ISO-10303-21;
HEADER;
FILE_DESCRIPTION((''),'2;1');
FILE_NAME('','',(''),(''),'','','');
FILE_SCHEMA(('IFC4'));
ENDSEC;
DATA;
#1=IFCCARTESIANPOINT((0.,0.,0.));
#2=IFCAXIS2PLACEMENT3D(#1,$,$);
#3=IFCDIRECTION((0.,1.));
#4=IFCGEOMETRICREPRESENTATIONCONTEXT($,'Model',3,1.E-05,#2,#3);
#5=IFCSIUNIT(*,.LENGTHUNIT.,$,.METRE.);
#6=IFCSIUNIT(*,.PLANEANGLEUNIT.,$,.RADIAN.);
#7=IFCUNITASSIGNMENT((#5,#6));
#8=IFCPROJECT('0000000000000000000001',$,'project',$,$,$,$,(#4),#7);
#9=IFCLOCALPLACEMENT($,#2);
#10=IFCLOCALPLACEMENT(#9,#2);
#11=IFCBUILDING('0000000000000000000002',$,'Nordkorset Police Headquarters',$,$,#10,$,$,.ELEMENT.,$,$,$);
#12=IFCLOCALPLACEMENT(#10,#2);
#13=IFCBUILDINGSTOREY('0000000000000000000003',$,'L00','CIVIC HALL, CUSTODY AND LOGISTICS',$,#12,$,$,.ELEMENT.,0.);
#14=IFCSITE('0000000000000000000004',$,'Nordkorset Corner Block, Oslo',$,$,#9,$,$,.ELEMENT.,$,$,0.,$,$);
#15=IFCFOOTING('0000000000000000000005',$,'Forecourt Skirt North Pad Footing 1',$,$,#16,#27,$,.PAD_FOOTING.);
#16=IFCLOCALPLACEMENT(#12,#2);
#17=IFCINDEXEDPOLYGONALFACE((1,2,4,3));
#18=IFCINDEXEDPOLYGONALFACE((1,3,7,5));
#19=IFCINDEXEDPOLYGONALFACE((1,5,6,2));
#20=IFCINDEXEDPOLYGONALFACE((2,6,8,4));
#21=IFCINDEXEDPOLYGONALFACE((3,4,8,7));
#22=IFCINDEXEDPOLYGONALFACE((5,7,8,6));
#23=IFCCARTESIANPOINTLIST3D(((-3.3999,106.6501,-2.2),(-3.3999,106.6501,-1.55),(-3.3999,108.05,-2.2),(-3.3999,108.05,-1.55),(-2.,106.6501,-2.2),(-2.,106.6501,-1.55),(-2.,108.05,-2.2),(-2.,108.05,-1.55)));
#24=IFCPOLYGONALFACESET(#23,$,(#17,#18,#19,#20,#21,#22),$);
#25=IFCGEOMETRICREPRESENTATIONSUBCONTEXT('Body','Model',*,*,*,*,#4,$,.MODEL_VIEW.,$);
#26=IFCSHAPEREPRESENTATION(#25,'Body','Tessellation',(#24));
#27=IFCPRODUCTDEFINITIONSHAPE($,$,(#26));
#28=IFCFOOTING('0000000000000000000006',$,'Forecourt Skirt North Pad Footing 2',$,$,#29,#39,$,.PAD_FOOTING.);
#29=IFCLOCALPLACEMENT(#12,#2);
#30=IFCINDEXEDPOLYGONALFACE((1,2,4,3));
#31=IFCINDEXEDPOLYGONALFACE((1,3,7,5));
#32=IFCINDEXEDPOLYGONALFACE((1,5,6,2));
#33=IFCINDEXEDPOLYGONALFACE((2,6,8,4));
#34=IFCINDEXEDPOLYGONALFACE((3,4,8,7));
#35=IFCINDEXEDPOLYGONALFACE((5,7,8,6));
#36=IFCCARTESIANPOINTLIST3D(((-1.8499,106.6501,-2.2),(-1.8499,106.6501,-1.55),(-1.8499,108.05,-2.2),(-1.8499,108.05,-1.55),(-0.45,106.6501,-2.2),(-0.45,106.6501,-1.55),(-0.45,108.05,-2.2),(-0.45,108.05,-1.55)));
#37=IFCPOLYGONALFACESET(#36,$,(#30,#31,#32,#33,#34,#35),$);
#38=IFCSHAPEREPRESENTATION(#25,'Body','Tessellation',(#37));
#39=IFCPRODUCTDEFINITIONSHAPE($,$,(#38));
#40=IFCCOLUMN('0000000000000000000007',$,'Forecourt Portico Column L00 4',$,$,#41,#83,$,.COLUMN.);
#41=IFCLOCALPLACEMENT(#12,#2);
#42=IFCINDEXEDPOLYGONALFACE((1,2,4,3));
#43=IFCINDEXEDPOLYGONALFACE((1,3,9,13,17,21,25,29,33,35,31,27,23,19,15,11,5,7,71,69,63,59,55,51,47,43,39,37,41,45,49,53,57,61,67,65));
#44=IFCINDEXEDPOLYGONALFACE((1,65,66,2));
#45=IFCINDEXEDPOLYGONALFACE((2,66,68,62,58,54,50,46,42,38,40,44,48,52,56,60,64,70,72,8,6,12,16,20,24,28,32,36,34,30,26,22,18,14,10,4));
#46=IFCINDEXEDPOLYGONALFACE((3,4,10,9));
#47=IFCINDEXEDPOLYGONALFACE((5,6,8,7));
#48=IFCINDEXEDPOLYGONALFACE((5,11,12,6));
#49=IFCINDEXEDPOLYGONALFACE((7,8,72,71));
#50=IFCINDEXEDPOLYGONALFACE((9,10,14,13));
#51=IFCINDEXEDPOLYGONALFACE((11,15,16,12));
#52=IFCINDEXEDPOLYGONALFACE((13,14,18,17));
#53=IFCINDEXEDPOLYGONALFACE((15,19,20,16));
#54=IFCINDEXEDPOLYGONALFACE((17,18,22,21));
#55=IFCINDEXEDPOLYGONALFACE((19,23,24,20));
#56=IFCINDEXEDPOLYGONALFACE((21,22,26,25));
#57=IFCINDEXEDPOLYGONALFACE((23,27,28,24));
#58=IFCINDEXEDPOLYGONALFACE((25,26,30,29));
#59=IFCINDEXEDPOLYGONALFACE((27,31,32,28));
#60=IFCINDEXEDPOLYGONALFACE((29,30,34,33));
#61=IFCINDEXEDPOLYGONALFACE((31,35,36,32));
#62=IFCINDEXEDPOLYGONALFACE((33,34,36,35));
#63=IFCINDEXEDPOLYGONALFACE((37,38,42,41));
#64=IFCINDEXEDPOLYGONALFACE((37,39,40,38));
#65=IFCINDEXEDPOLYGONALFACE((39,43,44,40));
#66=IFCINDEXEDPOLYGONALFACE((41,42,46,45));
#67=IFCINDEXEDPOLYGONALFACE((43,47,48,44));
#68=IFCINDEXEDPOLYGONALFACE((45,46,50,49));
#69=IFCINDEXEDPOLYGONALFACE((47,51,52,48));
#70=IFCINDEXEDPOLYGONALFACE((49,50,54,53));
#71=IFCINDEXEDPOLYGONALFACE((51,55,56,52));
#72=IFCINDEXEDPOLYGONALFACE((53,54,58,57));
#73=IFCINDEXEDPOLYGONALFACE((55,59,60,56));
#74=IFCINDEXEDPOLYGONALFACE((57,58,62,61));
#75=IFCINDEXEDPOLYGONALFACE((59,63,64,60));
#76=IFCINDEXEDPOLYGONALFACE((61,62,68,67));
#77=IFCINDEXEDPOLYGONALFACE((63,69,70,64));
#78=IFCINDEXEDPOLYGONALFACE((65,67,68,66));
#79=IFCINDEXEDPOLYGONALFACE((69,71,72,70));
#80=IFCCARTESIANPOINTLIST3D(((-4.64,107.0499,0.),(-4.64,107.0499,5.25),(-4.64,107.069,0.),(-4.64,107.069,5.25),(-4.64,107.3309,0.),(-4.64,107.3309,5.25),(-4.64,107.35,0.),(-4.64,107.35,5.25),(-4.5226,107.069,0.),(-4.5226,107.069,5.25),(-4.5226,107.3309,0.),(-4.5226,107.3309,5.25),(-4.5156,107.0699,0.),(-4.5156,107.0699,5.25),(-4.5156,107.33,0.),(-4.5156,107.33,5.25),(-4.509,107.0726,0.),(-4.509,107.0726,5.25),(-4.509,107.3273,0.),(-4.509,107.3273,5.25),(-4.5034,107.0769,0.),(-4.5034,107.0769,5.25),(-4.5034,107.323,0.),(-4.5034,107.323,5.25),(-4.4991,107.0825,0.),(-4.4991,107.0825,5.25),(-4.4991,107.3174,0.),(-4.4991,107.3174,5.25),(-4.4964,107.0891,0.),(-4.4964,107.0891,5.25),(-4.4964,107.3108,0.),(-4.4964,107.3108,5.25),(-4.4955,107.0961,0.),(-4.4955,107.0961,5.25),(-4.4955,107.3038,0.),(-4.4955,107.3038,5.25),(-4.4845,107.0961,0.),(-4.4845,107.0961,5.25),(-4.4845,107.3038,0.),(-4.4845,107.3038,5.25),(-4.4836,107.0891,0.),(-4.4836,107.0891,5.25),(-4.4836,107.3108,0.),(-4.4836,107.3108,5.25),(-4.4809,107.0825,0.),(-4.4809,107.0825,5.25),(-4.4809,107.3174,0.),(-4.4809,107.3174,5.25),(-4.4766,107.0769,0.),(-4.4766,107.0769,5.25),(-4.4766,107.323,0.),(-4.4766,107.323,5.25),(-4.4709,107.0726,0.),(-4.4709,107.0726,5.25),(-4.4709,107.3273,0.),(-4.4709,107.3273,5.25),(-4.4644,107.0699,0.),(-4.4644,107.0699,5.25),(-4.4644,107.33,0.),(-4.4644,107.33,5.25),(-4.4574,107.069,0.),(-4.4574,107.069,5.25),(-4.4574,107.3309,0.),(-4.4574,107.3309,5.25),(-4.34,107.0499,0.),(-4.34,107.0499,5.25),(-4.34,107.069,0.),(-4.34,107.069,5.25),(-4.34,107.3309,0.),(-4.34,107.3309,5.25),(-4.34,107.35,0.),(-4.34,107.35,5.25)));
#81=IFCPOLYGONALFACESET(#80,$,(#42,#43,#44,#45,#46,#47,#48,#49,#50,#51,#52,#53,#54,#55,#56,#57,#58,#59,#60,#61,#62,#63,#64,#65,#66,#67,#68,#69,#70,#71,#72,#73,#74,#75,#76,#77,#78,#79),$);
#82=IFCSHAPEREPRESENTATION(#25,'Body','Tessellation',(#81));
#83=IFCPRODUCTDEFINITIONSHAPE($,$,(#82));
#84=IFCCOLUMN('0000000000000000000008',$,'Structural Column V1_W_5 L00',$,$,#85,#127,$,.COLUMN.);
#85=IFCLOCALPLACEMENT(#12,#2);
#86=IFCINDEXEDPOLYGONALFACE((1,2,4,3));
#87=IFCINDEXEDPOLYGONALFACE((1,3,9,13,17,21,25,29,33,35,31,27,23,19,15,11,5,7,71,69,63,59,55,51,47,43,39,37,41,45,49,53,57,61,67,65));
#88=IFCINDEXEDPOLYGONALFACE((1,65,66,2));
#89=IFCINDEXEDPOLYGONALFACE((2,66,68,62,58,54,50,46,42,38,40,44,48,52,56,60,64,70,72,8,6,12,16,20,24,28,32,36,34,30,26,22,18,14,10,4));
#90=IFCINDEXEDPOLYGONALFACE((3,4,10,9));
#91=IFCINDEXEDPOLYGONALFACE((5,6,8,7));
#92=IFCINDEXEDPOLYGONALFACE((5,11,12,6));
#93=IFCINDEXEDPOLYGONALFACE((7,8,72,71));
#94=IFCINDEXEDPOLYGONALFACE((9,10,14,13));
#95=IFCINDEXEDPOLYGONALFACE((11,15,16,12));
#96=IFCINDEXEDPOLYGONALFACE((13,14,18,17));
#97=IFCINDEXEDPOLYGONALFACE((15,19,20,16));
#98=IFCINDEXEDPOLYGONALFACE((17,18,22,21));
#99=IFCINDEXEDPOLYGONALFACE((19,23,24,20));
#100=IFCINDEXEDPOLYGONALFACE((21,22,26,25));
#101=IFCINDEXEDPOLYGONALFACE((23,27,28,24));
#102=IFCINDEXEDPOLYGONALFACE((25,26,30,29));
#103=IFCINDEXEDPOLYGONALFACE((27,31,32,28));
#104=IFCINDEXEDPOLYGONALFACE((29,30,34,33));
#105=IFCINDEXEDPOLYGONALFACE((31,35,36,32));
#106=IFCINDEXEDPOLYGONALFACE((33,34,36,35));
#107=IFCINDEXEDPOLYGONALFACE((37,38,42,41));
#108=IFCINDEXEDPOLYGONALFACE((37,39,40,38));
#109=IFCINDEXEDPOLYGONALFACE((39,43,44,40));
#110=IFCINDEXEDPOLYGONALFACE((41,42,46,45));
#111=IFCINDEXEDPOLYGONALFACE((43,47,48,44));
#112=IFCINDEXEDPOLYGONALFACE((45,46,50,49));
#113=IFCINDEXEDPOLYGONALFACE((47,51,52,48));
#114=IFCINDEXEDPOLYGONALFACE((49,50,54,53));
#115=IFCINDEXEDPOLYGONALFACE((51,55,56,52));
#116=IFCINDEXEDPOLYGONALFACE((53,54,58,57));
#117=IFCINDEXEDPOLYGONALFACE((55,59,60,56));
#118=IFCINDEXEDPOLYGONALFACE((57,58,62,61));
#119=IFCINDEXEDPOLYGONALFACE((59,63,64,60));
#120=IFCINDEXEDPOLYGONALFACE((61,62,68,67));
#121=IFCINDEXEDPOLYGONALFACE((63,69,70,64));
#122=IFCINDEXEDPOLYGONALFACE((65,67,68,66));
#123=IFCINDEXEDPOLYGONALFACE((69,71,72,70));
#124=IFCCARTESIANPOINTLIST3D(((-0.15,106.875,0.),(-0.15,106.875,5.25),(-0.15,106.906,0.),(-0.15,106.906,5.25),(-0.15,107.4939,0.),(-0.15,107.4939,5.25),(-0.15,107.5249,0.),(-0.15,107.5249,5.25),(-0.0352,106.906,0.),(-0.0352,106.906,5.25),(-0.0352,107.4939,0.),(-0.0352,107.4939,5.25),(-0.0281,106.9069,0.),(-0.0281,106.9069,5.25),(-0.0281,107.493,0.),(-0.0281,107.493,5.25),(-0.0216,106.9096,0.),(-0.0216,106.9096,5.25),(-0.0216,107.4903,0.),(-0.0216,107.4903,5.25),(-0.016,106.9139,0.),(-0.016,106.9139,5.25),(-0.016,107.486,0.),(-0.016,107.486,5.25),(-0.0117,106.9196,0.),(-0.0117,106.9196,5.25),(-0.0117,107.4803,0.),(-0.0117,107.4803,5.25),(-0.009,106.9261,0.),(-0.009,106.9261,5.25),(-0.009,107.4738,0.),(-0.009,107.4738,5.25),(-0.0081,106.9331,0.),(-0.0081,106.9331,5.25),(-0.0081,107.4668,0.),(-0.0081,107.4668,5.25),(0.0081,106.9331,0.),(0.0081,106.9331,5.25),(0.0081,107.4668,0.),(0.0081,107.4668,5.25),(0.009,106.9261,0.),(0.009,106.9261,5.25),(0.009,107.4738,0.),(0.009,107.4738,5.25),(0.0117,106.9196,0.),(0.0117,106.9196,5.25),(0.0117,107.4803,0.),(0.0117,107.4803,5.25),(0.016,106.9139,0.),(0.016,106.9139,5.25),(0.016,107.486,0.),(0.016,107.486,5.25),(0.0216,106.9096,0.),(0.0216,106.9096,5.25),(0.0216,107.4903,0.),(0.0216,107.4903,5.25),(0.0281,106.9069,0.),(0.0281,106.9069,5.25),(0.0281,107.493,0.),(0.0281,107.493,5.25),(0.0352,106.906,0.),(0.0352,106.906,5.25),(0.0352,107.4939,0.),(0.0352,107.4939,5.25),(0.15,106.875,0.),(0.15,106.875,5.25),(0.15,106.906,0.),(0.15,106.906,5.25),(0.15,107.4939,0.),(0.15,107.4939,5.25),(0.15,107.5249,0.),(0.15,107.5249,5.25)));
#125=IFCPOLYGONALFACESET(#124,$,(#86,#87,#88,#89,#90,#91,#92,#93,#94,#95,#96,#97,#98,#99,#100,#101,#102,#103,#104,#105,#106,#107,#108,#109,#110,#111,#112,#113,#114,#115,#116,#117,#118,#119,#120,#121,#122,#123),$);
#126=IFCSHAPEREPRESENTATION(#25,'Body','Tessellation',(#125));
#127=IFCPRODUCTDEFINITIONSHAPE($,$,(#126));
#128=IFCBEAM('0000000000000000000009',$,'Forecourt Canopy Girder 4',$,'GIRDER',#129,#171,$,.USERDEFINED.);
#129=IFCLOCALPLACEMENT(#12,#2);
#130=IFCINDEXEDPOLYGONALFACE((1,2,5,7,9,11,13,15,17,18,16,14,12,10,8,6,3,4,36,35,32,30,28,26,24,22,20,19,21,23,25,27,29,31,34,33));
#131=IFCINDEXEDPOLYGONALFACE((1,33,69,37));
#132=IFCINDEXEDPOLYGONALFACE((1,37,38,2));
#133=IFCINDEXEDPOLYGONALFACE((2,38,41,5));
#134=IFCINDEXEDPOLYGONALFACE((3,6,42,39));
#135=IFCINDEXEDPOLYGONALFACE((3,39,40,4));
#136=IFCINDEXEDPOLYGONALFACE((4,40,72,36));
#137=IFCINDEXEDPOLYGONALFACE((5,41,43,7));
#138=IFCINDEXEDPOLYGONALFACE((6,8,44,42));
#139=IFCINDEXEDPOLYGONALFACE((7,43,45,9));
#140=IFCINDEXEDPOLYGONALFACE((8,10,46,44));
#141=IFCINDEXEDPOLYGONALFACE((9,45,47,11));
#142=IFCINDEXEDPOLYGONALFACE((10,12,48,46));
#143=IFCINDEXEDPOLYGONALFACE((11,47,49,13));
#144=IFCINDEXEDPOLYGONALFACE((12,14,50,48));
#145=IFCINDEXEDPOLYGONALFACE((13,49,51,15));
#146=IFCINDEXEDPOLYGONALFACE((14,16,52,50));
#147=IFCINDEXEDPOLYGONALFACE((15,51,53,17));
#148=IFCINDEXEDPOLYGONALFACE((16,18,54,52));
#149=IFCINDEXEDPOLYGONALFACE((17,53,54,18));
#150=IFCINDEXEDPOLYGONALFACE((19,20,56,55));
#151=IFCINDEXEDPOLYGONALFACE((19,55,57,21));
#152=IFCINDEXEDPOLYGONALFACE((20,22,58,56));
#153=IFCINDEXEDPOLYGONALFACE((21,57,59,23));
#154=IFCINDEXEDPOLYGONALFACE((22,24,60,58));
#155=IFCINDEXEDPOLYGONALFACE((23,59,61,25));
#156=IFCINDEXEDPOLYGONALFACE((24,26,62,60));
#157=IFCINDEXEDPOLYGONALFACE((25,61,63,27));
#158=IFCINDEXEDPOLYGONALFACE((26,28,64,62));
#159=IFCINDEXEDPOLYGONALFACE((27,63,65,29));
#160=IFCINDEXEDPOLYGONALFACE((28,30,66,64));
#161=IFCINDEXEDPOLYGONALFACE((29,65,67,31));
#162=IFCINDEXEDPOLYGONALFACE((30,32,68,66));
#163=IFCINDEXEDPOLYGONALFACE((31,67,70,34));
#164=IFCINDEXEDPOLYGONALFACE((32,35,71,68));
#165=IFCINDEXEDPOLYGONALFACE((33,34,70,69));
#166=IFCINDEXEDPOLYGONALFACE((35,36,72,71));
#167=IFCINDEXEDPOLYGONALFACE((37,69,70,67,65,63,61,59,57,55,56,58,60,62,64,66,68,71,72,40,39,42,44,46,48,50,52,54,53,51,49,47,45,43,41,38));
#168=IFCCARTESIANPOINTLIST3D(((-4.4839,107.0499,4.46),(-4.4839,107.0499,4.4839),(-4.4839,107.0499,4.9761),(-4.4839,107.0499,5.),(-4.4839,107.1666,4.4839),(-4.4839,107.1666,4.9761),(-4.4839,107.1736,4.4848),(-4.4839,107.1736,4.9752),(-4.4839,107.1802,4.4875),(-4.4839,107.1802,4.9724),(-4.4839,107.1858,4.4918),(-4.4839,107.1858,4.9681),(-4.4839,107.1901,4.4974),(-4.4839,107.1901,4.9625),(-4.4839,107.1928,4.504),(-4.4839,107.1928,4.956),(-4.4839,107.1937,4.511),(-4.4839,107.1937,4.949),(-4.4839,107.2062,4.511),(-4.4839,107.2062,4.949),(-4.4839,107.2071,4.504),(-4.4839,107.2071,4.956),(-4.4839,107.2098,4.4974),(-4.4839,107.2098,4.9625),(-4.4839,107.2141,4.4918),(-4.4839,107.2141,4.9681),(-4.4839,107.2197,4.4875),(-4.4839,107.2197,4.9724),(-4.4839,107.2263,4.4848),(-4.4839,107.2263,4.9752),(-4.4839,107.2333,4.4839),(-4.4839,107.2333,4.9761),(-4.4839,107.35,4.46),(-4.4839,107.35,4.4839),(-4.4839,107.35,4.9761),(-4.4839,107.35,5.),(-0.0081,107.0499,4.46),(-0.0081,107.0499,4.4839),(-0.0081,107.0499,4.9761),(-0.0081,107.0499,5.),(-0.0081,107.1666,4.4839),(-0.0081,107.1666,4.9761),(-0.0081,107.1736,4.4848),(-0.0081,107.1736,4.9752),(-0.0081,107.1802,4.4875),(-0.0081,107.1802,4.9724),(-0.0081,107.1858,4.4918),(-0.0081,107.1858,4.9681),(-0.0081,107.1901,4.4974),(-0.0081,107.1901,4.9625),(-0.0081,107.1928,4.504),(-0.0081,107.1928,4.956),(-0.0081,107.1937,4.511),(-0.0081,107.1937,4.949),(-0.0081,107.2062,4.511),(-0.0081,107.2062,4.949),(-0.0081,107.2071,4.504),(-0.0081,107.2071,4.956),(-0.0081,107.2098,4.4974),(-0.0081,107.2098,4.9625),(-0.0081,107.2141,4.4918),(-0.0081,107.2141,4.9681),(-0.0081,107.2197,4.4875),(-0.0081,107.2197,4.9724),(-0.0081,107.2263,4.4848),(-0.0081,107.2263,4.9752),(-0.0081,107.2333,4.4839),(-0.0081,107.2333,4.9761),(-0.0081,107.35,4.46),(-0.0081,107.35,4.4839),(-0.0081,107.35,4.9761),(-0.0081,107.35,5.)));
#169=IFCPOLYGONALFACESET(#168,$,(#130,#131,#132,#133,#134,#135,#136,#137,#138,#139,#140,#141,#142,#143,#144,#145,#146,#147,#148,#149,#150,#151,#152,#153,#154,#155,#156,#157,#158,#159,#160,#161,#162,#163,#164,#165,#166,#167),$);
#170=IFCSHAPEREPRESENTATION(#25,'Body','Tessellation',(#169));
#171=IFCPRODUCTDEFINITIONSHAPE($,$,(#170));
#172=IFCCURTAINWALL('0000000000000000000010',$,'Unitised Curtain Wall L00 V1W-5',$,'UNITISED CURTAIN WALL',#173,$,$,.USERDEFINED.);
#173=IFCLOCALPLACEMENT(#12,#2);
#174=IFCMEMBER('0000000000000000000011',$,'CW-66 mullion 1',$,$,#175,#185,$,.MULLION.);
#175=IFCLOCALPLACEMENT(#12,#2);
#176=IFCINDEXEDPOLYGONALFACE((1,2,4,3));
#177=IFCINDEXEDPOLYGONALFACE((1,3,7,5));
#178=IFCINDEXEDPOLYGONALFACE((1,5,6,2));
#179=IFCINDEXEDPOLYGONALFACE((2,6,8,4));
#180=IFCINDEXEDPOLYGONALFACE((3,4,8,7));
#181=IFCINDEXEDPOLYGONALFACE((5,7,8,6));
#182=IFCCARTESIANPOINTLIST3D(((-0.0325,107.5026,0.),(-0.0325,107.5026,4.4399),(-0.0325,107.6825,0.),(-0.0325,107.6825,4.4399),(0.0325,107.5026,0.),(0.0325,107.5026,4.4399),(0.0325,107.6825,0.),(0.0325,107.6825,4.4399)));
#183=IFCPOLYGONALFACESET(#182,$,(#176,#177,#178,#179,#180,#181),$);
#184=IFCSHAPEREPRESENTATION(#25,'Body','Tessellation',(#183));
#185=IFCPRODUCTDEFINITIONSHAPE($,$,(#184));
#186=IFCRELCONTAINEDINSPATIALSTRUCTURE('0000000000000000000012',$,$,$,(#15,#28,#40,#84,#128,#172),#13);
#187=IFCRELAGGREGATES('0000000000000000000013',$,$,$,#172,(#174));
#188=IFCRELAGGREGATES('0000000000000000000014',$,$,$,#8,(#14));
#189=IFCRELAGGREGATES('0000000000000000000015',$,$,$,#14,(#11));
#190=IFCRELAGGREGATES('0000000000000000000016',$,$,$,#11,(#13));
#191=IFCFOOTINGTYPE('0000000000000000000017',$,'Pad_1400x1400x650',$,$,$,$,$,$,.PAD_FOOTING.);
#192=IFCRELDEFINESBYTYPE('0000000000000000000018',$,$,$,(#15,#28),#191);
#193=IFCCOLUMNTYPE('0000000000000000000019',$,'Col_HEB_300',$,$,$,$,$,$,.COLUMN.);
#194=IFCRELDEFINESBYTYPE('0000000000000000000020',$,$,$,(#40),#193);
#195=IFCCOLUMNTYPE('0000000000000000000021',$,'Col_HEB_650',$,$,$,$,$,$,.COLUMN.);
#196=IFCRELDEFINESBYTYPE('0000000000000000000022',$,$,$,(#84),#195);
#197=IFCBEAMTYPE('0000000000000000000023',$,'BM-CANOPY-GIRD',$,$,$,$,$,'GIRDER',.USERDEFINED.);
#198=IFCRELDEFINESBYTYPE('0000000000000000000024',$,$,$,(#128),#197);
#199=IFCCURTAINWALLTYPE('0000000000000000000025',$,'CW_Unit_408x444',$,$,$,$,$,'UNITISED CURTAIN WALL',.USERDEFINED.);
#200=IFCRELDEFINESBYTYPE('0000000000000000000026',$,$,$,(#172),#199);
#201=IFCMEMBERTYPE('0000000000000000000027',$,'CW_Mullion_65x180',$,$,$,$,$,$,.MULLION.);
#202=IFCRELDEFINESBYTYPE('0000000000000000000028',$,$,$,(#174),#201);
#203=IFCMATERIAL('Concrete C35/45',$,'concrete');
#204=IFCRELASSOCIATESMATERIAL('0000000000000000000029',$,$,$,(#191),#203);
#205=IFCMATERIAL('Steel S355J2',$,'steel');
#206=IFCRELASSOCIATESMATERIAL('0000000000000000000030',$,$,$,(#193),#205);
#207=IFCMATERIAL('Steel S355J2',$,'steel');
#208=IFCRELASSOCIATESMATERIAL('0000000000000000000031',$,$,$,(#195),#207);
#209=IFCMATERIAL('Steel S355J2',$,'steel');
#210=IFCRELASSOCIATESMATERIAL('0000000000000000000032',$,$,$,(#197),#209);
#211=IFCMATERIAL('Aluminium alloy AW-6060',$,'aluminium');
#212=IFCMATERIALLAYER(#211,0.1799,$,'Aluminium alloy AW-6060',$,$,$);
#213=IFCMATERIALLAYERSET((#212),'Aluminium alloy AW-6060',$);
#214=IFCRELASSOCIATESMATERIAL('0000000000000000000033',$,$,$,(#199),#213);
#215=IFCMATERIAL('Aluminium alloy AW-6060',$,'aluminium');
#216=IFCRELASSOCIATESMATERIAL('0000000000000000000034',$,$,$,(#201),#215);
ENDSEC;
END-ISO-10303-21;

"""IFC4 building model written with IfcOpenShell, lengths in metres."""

from ifc_helpers import new_model, si_unit, direction, frame, origin, origin_2d, place, context, subcontext, project, spatial, rectangle, i_section, extrude, material, layer, layer_set, material_profile, profile_set, type_object, element, aggregate, save


model = new_model("IFC4")

# Units and contexts
model_context = context("Model", 3, precision=1e-05, world=origin(), true_north=direction((0.0, 1.0)))
body_context = subcontext(model_context, "Body", "Model", "MODEL_VIEW")
ifc_project = project(units=[si_unit("LENGTHUNIT", "METRE"), si_unit("PLANEANGLEUNIT", "RADIAN")], contexts=[model_context])

# Site, building, storey
site_placement = place(None, origin())
site = spatial("IfcSite", under=ifc_project, at=site_placement, Name="Nordkorset Corner Block, Oslo", CompositionType="ELEMENT", RefElevation=0.0)
building_placement = place(site_placement, origin())
building = spatial("IfcBuilding", under=site, at=building_placement, Name="Nordkorset Police Headquarters", CompositionType="ELEMENT")
storey_placement = place(building_placement, origin())
storey = spatial("IfcBuildingStorey", under=building, at=storey_placement, Name="L00", Description="CIVIC HALL, CUSTODY AND LOGISTICS", CompositionType="ELEMENT", Elevation=0.0)

# Footings
ifc_material_1 = material(Name="Concrete C35/45", Category="concrete")
footing_type = type_object("IfcFootingType", Name="Pad_1400x1400x650", PredefinedType="PAD_FOOTING", material=ifc_material_1)
for number, where, z_axis, x_axis, name in (
    (1, (-2.7, 107.3501, -2.2), (0.0, 0.0, 1.0), (1.0, 0.0, 0.0), "Forecourt Skirt North Pad Footing 1"),
    (2, (-1.1499, 107.3501, -2.2), (0.0, 0.0, 1.0), (1.0, 0.0, 0.0), "Forecourt Skirt North Pad Footing 2"),
):
    element("IfcFooting", number, at=place(storey_placement, frame(where, z_axis=z_axis, x_axis=x_axis)), inside=storey, type_object=footing_type, Name=name, PredefinedType="PAD_FOOTING", context=body_context, shape_type="SweptSolid", body=[
        extrude(rectangle(XDim=1.3999, YDim=1.3999, at=origin_2d()), origin(), (0.0, 0.0, 1.0), 0.6499),
    ])

# Columns
ifc_material_2 = material(Name="Steel S355J2", Category="steel")
ifc_material_profile_1 = material_profile(ifc_material_2, i_section(OverallWidth=0.3, OverallDepth=0.3, WebThickness=0.011, FlangeThickness=0.019, FilletRadius=0.0271, at=origin_2d()), Name="HEB 300")
ifc_profile_set_1 = profile_set([ifc_material_profile_1], Name="Steel S355J2")
column_type_1 = type_object("IfcColumnType", Name="Col_HEB_300", PredefinedType="COLUMN", material=ifc_profile_set_1)
column_1_placement = place(storey_placement, frame((-4.49, 107.2, 0.0), z_axis=(0.0, 0.0, 1.0), x_axis=(1.0, 0.0, 0.0)))
element("IfcColumn", 3, at=column_1_placement, inside=storey, type_object=column_type_1, Name="Forecourt Portico Column L00 4", PredefinedType="COLUMN", context=body_context, shape_type="SweptSolid", body=[
    extrude(i_section(OverallWidth=0.3, OverallDepth=0.3, WebThickness=0.011, FlangeThickness=0.019, FilletRadius=0.0271, at=origin_2d()), origin(), (0.0, 0.0, 1.0), 5.25),
])
ifc_material_3 = material(Name="Steel S355J2", Category="steel")
ifc_material_profile_2 = material_profile(ifc_material_3, i_section(OverallWidth=0.3, OverallDepth=0.6499, WebThickness=0.0161, FlangeThickness=0.031, FilletRadius=0.0271, at=origin_2d()), Name="HEB 650")
ifc_profile_set_2 = profile_set([ifc_material_profile_2], Name="Steel S355J2")
column_type_2 = type_object("IfcColumnType", Name="Col_HEB_650", PredefinedType="COLUMN", material=ifc_profile_set_2)
column_2_placement = place(storey_placement, frame((0.0, 107.2, 0.0), z_axis=(0.0, 0.0, 1.0), x_axis=(1.0, 0.0, 0.0)))
element("IfcColumn", 4, at=column_2_placement, inside=storey, type_object=column_type_2, Name="Structural Column V1_W_5 L00", PredefinedType="COLUMN", context=body_context, shape_type="SweptSolid", body=[
    extrude(i_section(OverallWidth=0.3, OverallDepth=0.6499, WebThickness=0.0161, FlangeThickness=0.031, FilletRadius=0.0271, at=origin_2d()), origin(), (0.0, 0.0, 1.0), 5.25),
])

# Beam
ifc_material_4 = material(Name="Steel S355J2", Category="steel")
ifc_material_profile_3 = material_profile(ifc_material_4, i_section(OverallWidth=0.3, OverallDepth=0.54, WebThickness=0.0125, FlangeThickness=0.0239, FilletRadius=0.0271, at=origin_2d()), Name="HEA 550")
ifc_profile_set_3 = profile_set([ifc_material_profile_3], Name="Steel S355J2")
beam_type_1 = type_object("IfcBeamType", Name="BM-CANOPY-GIRD", ElementType="GIRDER", PredefinedType="USERDEFINED", material=ifc_profile_set_3)
beam_1_placement = place(storey_placement, frame((-4.4839, 107.2, 4.73), z_axis=(1.0, 0.0, 0.0), x_axis=(0.0, 1.0, 0.0)))
element("IfcBeam", 5, at=beam_1_placement, inside=storey, type_object=beam_type_1, Name="Forecourt Canopy Girder 4", ObjectType="GIRDER", PredefinedType="USERDEFINED", context=body_context, shape_type="SweptSolid", body=[
    extrude(i_section(OverallWidth=0.3, OverallDepth=0.54, WebThickness=0.0125, FlangeThickness=0.0239, FilletRadius=0.0271, at=origin_2d()), origin(), (0.0, 0.0, 1.0), 4.4758),
])

# Curtain wall, member
ifc_material_5 = material(Name="Aluminium alloy AW-6060", Category="aluminium")
ifc_layer_1 = layer(ifc_material_5, 0.1799, Name="Aluminium alloy AW-6060")
ifc_layer_set_1 = layer_set([ifc_layer_1], Name="Aluminium alloy AW-6060")
curtain_wall_type = type_object("IfcCurtainWallType", Name="CW_Unit_408x444", ElementType="UNITISED CURTAIN WALL", PredefinedType="USERDEFINED", material=ifc_layer_set_1)
curtain_wall_placement = place(storey_placement, origin())
curtain_wall = element("IfcCurtainWall", 6, at=curtain_wall_placement, inside=storey, type_object=curtain_wall_type, Name="Unitised Curtain Wall L00 V1W-5", ObjectType="UNITISED CURTAIN WALL", PredefinedType="USERDEFINED")
ifc_material_6 = material(Name="Aluminium alloy AW-6060", Category="aluminium")
ifc_material_profile_4 = material_profile(ifc_material_6, rectangle(XDim=0.0649, YDim=0.1799, at=origin_2d()), Name="ALU MULL 65x180")
ifc_profile_set_4 = profile_set([ifc_material_profile_4], Name="Aluminium alloy AW-6060")
member_type_1 = type_object("IfcMemberType", Name="CW_Mullion_65x180", PredefinedType="MULLION", material=ifc_profile_set_4)
member_1_placement = place(storey_placement, frame((0.0, 107.5925, 0.0), z_axis=(0.0, 0.0, 1.0), x_axis=(-1.0, 0.0, 0.0)))
member_1 = element("IfcMember", 7, at=member_1_placement, type_object=member_type_1, Name="CW-66 mullion 1", PredefinedType="MULLION", context=body_context, shape_type="SweptSolid", body=[
    extrude(rectangle(XDim=0.0649, YDim=0.1799, at=origin_2d()), origin(), (0.0, 0.0, 1.0), 4.4399),
])

aggregate(curtain_wall, [member_1])

save(model, "model.ifc")
